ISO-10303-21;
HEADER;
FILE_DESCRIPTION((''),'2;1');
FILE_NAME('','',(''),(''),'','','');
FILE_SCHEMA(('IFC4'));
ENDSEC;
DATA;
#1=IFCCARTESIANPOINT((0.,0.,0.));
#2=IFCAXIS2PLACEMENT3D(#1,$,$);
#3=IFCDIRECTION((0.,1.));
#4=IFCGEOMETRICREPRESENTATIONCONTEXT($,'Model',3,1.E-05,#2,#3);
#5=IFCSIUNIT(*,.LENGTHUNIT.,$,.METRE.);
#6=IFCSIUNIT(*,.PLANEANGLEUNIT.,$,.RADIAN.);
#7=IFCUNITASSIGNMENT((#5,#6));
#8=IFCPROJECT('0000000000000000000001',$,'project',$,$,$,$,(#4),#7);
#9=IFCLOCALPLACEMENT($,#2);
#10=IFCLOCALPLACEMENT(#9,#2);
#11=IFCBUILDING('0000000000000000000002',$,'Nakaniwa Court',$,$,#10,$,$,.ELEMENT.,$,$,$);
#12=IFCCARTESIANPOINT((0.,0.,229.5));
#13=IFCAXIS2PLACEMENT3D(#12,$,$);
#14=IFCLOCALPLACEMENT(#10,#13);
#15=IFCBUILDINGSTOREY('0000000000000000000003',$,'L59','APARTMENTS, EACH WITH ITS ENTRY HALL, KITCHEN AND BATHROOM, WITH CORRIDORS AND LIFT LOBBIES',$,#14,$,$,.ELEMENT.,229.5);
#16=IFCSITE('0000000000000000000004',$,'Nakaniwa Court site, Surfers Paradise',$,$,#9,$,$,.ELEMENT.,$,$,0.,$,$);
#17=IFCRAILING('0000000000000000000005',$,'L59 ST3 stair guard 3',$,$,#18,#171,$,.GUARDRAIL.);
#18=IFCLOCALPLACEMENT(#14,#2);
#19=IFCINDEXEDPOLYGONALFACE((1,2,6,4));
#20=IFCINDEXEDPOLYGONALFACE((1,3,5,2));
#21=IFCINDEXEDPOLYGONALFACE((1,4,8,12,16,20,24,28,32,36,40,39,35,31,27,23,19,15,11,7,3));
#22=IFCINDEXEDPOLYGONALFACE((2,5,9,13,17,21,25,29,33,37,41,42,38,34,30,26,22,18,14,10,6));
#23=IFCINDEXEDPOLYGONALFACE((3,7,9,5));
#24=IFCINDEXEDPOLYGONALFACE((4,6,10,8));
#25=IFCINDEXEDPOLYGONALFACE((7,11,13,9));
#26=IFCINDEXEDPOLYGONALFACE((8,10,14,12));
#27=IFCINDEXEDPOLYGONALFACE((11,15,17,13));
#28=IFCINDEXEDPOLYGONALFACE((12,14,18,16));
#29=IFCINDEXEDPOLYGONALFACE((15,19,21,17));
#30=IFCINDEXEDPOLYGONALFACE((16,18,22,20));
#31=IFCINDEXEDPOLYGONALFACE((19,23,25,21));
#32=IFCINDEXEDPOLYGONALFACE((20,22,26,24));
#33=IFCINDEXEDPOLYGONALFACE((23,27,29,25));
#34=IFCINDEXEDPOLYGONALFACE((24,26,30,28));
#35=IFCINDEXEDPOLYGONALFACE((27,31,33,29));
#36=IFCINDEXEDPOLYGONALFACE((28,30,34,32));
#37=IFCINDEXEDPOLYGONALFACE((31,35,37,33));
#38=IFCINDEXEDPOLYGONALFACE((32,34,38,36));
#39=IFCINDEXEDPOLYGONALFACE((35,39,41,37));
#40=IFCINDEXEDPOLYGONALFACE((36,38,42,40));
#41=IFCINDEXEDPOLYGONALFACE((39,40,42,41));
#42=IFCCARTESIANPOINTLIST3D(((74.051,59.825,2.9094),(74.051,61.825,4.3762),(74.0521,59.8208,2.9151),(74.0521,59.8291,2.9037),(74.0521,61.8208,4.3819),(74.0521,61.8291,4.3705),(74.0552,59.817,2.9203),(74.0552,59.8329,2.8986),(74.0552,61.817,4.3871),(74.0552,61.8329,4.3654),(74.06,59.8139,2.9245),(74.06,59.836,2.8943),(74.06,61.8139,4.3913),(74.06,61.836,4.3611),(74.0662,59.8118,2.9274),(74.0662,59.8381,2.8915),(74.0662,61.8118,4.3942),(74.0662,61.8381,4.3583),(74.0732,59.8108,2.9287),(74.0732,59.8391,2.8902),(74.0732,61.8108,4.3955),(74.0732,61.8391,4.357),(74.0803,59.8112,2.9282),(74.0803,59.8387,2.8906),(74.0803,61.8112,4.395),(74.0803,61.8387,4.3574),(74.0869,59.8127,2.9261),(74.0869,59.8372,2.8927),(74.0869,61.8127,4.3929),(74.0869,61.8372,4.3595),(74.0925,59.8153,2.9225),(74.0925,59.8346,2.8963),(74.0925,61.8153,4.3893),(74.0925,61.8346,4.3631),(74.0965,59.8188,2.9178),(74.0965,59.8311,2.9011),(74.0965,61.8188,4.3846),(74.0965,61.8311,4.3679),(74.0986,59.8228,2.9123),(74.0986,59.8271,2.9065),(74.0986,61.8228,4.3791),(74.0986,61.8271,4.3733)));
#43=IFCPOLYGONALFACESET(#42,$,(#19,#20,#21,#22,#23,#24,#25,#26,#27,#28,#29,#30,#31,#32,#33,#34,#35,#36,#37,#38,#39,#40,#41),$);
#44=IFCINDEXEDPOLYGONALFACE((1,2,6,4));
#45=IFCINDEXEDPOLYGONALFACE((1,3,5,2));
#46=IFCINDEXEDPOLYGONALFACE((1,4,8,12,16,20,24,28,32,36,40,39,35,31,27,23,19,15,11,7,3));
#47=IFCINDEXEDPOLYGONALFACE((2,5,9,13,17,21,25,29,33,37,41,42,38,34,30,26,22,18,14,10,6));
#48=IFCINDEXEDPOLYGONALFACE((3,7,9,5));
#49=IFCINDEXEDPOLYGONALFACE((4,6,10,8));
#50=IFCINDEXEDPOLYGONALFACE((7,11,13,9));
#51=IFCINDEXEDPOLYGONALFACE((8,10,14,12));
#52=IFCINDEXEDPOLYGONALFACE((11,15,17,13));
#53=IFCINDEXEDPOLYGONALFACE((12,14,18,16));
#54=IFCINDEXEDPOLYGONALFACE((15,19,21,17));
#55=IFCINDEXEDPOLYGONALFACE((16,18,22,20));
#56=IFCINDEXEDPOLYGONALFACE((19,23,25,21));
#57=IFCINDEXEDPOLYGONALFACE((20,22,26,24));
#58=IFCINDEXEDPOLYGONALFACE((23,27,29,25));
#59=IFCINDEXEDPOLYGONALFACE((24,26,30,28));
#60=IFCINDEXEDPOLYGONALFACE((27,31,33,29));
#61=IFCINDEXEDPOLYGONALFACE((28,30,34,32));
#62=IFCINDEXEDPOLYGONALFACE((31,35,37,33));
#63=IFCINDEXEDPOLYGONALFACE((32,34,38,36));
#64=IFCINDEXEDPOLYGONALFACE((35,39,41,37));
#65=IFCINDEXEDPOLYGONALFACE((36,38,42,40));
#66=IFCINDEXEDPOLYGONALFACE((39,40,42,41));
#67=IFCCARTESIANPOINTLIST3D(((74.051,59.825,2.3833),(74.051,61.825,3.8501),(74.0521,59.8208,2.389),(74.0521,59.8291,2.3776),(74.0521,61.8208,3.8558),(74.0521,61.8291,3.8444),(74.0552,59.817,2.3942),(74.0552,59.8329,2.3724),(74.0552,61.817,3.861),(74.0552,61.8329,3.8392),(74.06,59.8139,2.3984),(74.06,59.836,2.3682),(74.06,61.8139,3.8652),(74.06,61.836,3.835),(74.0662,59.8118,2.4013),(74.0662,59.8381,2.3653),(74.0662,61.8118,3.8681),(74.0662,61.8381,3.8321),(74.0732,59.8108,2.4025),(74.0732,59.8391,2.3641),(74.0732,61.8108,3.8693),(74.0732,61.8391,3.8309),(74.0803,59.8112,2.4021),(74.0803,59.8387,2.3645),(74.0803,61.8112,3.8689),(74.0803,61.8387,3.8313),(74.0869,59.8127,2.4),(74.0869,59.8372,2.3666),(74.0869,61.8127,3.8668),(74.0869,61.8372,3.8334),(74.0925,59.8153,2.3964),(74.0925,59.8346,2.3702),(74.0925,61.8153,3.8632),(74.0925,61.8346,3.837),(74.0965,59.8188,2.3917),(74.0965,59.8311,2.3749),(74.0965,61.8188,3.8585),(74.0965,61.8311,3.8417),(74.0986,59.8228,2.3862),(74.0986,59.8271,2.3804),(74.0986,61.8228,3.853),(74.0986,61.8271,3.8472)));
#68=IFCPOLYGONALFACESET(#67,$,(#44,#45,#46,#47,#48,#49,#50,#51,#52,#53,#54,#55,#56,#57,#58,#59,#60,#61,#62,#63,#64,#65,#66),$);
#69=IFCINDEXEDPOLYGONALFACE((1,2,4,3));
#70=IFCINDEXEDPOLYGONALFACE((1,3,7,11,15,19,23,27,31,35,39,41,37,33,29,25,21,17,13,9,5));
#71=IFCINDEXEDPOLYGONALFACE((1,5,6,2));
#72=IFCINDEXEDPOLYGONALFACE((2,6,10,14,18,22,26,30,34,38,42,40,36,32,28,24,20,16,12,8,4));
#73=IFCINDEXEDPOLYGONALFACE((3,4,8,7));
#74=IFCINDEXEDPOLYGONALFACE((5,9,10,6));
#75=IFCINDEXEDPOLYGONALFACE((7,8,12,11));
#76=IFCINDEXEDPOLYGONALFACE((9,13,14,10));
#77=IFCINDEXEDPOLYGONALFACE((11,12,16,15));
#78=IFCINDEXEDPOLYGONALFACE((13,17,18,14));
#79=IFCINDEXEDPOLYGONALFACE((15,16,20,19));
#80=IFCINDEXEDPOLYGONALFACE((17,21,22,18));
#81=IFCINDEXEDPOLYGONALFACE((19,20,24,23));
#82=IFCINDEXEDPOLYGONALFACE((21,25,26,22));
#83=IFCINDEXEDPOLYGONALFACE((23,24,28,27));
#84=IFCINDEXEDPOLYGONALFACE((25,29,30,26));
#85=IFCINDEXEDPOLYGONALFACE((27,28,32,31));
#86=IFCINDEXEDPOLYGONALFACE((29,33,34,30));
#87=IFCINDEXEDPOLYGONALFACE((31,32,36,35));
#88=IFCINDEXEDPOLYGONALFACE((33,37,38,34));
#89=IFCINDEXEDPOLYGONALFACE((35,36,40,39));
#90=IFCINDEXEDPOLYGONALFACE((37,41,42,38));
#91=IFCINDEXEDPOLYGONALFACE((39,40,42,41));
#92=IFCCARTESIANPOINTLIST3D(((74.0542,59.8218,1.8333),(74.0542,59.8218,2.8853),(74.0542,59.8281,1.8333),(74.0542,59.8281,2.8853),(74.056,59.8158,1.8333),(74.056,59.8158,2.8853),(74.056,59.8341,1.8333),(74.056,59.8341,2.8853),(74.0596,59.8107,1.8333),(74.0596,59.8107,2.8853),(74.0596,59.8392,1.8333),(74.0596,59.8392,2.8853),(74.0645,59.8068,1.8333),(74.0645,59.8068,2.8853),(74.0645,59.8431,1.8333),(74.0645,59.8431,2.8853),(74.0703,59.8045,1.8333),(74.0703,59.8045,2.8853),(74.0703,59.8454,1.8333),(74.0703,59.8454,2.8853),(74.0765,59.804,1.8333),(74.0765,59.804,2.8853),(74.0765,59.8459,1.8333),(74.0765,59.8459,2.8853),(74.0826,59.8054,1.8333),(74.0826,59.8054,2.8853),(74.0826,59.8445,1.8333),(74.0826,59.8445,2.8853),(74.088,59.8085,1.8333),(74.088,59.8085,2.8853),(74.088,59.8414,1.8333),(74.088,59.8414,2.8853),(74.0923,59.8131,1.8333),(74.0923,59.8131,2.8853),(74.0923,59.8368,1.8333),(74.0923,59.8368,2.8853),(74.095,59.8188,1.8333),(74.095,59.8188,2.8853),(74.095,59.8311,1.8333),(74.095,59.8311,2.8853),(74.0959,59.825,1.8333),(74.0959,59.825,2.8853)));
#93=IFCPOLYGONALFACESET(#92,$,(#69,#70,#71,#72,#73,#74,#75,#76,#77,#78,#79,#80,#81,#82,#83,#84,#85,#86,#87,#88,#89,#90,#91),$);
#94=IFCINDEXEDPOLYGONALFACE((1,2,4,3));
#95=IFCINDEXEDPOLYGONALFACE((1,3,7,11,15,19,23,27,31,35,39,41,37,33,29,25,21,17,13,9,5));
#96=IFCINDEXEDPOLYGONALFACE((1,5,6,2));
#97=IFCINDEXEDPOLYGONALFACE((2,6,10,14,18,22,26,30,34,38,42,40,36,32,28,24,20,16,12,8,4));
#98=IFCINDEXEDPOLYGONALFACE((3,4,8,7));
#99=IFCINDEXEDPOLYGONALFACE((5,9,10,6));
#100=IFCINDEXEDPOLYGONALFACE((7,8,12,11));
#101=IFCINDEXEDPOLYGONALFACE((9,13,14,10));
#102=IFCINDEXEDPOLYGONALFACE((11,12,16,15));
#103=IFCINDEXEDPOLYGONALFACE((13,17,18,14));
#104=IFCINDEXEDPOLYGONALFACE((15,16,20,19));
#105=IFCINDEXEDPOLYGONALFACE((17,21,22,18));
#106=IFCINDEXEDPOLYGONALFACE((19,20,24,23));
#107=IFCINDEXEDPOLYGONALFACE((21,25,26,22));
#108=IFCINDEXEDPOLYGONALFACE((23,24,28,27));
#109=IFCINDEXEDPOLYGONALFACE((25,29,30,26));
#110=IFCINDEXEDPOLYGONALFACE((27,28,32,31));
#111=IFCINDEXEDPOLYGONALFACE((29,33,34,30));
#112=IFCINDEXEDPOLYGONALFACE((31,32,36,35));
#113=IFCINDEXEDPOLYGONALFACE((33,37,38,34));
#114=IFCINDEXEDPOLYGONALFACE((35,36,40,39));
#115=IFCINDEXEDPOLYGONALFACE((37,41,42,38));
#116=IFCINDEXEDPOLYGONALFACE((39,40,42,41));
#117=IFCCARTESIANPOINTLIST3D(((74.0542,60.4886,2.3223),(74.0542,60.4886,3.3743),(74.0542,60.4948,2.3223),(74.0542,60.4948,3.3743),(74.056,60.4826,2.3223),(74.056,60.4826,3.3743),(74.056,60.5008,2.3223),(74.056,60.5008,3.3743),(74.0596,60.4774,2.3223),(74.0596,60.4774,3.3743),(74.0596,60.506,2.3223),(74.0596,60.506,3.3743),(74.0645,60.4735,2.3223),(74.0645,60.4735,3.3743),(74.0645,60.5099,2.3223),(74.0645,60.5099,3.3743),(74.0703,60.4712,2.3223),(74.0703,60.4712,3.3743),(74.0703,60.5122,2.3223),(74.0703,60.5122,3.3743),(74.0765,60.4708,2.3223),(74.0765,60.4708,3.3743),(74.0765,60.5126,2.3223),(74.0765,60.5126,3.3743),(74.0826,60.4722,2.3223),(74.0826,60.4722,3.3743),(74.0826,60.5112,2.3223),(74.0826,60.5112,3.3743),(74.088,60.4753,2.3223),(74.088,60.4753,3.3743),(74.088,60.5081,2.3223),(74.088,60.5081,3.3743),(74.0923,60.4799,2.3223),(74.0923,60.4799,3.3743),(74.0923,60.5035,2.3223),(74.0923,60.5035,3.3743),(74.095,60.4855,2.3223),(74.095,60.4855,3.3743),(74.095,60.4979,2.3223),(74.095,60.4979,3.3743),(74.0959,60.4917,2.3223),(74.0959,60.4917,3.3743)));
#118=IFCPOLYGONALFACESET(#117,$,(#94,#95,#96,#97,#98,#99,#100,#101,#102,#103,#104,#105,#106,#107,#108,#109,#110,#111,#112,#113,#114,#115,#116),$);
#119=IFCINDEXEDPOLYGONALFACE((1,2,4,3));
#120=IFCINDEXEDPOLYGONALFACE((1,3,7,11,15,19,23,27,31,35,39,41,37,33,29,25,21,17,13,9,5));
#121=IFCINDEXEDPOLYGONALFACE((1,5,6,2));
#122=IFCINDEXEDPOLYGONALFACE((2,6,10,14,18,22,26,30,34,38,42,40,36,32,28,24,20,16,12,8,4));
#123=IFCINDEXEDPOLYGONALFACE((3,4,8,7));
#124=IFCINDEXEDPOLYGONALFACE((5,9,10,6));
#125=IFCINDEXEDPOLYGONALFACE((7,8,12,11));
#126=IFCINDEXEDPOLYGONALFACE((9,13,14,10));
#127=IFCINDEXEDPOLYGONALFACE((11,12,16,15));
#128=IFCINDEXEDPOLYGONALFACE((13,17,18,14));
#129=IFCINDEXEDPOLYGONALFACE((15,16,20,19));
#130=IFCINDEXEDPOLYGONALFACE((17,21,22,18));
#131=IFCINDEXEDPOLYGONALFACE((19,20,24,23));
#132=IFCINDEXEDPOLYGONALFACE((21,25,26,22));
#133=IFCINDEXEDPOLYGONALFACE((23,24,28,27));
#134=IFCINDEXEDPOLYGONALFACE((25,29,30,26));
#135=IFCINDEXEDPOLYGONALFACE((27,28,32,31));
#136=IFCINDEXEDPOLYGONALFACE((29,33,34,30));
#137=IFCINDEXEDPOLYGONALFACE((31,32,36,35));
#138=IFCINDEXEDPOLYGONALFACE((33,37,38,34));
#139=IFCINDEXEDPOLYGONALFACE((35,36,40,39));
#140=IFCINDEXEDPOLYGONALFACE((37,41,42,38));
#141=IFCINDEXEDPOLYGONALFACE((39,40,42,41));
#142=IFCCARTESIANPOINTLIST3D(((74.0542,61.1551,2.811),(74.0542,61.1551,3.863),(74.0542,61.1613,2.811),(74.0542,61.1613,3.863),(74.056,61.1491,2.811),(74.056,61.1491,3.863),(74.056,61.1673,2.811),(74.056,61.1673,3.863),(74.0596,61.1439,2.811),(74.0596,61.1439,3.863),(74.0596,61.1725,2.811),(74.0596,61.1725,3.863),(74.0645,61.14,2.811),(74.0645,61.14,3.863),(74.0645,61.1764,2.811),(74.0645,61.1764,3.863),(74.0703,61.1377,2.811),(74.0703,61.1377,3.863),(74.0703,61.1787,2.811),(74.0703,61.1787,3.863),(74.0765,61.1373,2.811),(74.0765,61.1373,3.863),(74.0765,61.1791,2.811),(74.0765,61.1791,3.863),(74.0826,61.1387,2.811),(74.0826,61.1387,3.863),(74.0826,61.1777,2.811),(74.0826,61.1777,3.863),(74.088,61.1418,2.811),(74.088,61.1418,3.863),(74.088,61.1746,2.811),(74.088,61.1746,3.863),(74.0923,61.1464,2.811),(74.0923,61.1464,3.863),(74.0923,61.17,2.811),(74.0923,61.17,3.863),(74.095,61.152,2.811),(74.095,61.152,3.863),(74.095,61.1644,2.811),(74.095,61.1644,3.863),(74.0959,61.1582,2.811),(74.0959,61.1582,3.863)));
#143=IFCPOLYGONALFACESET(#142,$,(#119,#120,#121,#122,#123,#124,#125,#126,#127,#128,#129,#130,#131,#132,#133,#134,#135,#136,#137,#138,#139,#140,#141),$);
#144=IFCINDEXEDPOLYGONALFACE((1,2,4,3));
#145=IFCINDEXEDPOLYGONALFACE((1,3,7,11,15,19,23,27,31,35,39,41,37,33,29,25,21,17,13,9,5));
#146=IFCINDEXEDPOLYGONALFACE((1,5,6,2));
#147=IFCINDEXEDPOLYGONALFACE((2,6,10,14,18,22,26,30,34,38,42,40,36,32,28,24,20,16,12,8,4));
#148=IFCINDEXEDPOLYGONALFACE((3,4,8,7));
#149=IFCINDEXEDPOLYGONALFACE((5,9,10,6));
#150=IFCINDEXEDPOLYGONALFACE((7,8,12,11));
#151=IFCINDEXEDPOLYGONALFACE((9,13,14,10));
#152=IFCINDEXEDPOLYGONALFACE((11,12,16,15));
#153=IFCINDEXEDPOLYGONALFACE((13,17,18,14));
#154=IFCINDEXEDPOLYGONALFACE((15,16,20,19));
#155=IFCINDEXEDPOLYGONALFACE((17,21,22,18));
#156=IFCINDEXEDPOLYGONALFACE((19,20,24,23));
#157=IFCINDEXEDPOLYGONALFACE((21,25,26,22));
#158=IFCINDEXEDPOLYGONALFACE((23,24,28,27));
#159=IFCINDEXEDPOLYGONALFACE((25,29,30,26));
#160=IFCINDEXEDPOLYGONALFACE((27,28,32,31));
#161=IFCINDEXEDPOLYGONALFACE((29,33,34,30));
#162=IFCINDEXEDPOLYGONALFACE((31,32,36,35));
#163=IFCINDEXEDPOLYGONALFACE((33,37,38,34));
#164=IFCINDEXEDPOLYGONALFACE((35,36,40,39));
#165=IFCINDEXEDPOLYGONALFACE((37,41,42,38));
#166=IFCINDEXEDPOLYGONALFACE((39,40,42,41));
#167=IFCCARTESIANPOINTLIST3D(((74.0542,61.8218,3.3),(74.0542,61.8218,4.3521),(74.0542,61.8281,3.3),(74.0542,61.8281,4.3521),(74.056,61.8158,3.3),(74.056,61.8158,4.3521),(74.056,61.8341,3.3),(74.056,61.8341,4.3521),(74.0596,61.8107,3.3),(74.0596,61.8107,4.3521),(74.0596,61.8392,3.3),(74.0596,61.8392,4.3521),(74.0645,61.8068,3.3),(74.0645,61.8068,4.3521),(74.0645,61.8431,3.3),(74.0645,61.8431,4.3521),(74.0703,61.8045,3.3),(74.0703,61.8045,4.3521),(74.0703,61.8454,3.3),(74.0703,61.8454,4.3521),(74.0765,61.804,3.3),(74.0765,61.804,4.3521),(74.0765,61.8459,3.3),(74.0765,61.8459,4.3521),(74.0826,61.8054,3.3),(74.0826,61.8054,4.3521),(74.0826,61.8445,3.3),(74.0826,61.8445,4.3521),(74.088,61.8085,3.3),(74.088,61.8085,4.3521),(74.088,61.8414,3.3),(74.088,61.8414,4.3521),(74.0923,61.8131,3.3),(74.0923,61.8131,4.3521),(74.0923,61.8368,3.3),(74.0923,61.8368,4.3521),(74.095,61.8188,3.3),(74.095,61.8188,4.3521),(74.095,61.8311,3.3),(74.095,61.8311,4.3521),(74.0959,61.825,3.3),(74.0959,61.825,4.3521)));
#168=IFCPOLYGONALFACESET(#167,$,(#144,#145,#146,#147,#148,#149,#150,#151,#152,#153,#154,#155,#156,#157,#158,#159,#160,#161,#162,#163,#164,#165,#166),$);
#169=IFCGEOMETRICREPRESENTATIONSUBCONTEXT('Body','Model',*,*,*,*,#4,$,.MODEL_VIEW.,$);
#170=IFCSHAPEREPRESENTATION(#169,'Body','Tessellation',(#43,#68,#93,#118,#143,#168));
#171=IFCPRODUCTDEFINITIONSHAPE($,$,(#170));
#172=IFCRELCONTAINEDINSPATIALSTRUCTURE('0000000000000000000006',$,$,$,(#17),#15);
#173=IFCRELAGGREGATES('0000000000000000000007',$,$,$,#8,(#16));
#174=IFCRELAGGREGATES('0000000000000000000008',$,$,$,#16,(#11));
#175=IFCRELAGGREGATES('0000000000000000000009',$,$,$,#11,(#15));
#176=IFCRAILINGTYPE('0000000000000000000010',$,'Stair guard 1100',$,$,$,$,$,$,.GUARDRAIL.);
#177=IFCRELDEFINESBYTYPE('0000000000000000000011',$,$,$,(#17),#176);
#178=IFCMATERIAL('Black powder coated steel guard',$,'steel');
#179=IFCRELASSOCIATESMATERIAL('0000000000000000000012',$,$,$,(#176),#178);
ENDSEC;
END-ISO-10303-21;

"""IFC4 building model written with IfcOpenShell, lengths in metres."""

from ifc_helpers import new_model, si_unit, direction, frame, origin, origin_2d, place, context, subcontext, project, spatial, circle, extrude, material, type_object, element, save


model = new_model("IFC4")

# Units and contexts
model_context = context("Model", 3, precision=1e-05, world=origin(), true_north=direction((0.0, 1.0)))
body_context = subcontext(model_context, "Body", "Model", "MODEL_VIEW")
ifc_project = project(units=[si_unit("LENGTHUNIT", "METRE"), si_unit("PLANEANGLEUNIT", "RADIAN")], contexts=[model_context])

# Site, building, storey
site_placement = place(None, origin())
site = spatial("IfcSite", under=ifc_project, at=site_placement, Name="Nakaniwa Court site, Surfers Paradise", CompositionType="ELEMENT", RefElevation=0.0)
building_placement = place(site_placement, origin())
building = spatial("IfcBuilding", under=site, at=building_placement, Name="Nakaniwa Court", CompositionType="ELEMENT")
storey_placement = place(building_placement, frame((0.0, 0.0, 229.5)))
storey = spatial("IfcBuildingStorey", under=building, at=storey_placement, Name="L59", Description="APARTMENTS, EACH WITH ITS ENTRY HALL, KITCHEN AND BATHROOM, WITH CORRIDORS AND LIFT LOBBIES", CompositionType="ELEMENT", Elevation=229.5)

# Railing
ifc_material_1 = material(Name="Black powder coated steel guard", Category="steel")
railing_type_1 = type_object("IfcRailingType", Name="Stair guard 1100", PredefinedType="GUARDRAIL", material=ifc_material_1)
railing_1_placement = place(storey_placement, frame((74.075, 59.825, 1.8333)))
element("IfcRailing", 1, at=railing_1_placement, inside=storey, type_object=railing_type_1, Name="L59 ST3 stair guard 3", PredefinedType="GUARDRAIL", context=body_context, shape_type="SweptSolid", body=[
    extrude(circle(Radius=0.0239, at=origin_2d()), frame((0.0, 0.0, 1.0762), z_axis=(0.0, 0.80638, 0.591398), x_axis=(-1.0, 0.0, 0.0)), (0.0, 0.0, 1.0), 2.4802),
    extrude(circle(Radius=0.0239, at=origin_2d()), frame((0.0, 0.0, 0.55), z_axis=(0.0, 0.80638, 0.591398), x_axis=(-1.0, 0.0, 0.0)), (0.0, 0.0, 1.0), 2.4802),
    extrude(circle(Radius=0.021, at=origin_2d()), origin(), (0.0, 0.0, 1.0), 1.052),
    extrude(circle(Radius=0.021, at=origin_2d()), frame((0.0, 0.6667, 0.489)), (0.0, 0.0, 1.0), 1.052),
    extrude(circle(Radius=0.021, at=origin_2d()), frame((0.0, 1.3333, 0.9778)), (0.0, 0.0, 1.0), 1.052),
    extrude(circle(Radius=0.021, at=origin_2d()), frame((0.0, 2.0, 1.4668)), (0.0, 0.0, 1.0), 1.052),
])

save(model, "model.ifc")
